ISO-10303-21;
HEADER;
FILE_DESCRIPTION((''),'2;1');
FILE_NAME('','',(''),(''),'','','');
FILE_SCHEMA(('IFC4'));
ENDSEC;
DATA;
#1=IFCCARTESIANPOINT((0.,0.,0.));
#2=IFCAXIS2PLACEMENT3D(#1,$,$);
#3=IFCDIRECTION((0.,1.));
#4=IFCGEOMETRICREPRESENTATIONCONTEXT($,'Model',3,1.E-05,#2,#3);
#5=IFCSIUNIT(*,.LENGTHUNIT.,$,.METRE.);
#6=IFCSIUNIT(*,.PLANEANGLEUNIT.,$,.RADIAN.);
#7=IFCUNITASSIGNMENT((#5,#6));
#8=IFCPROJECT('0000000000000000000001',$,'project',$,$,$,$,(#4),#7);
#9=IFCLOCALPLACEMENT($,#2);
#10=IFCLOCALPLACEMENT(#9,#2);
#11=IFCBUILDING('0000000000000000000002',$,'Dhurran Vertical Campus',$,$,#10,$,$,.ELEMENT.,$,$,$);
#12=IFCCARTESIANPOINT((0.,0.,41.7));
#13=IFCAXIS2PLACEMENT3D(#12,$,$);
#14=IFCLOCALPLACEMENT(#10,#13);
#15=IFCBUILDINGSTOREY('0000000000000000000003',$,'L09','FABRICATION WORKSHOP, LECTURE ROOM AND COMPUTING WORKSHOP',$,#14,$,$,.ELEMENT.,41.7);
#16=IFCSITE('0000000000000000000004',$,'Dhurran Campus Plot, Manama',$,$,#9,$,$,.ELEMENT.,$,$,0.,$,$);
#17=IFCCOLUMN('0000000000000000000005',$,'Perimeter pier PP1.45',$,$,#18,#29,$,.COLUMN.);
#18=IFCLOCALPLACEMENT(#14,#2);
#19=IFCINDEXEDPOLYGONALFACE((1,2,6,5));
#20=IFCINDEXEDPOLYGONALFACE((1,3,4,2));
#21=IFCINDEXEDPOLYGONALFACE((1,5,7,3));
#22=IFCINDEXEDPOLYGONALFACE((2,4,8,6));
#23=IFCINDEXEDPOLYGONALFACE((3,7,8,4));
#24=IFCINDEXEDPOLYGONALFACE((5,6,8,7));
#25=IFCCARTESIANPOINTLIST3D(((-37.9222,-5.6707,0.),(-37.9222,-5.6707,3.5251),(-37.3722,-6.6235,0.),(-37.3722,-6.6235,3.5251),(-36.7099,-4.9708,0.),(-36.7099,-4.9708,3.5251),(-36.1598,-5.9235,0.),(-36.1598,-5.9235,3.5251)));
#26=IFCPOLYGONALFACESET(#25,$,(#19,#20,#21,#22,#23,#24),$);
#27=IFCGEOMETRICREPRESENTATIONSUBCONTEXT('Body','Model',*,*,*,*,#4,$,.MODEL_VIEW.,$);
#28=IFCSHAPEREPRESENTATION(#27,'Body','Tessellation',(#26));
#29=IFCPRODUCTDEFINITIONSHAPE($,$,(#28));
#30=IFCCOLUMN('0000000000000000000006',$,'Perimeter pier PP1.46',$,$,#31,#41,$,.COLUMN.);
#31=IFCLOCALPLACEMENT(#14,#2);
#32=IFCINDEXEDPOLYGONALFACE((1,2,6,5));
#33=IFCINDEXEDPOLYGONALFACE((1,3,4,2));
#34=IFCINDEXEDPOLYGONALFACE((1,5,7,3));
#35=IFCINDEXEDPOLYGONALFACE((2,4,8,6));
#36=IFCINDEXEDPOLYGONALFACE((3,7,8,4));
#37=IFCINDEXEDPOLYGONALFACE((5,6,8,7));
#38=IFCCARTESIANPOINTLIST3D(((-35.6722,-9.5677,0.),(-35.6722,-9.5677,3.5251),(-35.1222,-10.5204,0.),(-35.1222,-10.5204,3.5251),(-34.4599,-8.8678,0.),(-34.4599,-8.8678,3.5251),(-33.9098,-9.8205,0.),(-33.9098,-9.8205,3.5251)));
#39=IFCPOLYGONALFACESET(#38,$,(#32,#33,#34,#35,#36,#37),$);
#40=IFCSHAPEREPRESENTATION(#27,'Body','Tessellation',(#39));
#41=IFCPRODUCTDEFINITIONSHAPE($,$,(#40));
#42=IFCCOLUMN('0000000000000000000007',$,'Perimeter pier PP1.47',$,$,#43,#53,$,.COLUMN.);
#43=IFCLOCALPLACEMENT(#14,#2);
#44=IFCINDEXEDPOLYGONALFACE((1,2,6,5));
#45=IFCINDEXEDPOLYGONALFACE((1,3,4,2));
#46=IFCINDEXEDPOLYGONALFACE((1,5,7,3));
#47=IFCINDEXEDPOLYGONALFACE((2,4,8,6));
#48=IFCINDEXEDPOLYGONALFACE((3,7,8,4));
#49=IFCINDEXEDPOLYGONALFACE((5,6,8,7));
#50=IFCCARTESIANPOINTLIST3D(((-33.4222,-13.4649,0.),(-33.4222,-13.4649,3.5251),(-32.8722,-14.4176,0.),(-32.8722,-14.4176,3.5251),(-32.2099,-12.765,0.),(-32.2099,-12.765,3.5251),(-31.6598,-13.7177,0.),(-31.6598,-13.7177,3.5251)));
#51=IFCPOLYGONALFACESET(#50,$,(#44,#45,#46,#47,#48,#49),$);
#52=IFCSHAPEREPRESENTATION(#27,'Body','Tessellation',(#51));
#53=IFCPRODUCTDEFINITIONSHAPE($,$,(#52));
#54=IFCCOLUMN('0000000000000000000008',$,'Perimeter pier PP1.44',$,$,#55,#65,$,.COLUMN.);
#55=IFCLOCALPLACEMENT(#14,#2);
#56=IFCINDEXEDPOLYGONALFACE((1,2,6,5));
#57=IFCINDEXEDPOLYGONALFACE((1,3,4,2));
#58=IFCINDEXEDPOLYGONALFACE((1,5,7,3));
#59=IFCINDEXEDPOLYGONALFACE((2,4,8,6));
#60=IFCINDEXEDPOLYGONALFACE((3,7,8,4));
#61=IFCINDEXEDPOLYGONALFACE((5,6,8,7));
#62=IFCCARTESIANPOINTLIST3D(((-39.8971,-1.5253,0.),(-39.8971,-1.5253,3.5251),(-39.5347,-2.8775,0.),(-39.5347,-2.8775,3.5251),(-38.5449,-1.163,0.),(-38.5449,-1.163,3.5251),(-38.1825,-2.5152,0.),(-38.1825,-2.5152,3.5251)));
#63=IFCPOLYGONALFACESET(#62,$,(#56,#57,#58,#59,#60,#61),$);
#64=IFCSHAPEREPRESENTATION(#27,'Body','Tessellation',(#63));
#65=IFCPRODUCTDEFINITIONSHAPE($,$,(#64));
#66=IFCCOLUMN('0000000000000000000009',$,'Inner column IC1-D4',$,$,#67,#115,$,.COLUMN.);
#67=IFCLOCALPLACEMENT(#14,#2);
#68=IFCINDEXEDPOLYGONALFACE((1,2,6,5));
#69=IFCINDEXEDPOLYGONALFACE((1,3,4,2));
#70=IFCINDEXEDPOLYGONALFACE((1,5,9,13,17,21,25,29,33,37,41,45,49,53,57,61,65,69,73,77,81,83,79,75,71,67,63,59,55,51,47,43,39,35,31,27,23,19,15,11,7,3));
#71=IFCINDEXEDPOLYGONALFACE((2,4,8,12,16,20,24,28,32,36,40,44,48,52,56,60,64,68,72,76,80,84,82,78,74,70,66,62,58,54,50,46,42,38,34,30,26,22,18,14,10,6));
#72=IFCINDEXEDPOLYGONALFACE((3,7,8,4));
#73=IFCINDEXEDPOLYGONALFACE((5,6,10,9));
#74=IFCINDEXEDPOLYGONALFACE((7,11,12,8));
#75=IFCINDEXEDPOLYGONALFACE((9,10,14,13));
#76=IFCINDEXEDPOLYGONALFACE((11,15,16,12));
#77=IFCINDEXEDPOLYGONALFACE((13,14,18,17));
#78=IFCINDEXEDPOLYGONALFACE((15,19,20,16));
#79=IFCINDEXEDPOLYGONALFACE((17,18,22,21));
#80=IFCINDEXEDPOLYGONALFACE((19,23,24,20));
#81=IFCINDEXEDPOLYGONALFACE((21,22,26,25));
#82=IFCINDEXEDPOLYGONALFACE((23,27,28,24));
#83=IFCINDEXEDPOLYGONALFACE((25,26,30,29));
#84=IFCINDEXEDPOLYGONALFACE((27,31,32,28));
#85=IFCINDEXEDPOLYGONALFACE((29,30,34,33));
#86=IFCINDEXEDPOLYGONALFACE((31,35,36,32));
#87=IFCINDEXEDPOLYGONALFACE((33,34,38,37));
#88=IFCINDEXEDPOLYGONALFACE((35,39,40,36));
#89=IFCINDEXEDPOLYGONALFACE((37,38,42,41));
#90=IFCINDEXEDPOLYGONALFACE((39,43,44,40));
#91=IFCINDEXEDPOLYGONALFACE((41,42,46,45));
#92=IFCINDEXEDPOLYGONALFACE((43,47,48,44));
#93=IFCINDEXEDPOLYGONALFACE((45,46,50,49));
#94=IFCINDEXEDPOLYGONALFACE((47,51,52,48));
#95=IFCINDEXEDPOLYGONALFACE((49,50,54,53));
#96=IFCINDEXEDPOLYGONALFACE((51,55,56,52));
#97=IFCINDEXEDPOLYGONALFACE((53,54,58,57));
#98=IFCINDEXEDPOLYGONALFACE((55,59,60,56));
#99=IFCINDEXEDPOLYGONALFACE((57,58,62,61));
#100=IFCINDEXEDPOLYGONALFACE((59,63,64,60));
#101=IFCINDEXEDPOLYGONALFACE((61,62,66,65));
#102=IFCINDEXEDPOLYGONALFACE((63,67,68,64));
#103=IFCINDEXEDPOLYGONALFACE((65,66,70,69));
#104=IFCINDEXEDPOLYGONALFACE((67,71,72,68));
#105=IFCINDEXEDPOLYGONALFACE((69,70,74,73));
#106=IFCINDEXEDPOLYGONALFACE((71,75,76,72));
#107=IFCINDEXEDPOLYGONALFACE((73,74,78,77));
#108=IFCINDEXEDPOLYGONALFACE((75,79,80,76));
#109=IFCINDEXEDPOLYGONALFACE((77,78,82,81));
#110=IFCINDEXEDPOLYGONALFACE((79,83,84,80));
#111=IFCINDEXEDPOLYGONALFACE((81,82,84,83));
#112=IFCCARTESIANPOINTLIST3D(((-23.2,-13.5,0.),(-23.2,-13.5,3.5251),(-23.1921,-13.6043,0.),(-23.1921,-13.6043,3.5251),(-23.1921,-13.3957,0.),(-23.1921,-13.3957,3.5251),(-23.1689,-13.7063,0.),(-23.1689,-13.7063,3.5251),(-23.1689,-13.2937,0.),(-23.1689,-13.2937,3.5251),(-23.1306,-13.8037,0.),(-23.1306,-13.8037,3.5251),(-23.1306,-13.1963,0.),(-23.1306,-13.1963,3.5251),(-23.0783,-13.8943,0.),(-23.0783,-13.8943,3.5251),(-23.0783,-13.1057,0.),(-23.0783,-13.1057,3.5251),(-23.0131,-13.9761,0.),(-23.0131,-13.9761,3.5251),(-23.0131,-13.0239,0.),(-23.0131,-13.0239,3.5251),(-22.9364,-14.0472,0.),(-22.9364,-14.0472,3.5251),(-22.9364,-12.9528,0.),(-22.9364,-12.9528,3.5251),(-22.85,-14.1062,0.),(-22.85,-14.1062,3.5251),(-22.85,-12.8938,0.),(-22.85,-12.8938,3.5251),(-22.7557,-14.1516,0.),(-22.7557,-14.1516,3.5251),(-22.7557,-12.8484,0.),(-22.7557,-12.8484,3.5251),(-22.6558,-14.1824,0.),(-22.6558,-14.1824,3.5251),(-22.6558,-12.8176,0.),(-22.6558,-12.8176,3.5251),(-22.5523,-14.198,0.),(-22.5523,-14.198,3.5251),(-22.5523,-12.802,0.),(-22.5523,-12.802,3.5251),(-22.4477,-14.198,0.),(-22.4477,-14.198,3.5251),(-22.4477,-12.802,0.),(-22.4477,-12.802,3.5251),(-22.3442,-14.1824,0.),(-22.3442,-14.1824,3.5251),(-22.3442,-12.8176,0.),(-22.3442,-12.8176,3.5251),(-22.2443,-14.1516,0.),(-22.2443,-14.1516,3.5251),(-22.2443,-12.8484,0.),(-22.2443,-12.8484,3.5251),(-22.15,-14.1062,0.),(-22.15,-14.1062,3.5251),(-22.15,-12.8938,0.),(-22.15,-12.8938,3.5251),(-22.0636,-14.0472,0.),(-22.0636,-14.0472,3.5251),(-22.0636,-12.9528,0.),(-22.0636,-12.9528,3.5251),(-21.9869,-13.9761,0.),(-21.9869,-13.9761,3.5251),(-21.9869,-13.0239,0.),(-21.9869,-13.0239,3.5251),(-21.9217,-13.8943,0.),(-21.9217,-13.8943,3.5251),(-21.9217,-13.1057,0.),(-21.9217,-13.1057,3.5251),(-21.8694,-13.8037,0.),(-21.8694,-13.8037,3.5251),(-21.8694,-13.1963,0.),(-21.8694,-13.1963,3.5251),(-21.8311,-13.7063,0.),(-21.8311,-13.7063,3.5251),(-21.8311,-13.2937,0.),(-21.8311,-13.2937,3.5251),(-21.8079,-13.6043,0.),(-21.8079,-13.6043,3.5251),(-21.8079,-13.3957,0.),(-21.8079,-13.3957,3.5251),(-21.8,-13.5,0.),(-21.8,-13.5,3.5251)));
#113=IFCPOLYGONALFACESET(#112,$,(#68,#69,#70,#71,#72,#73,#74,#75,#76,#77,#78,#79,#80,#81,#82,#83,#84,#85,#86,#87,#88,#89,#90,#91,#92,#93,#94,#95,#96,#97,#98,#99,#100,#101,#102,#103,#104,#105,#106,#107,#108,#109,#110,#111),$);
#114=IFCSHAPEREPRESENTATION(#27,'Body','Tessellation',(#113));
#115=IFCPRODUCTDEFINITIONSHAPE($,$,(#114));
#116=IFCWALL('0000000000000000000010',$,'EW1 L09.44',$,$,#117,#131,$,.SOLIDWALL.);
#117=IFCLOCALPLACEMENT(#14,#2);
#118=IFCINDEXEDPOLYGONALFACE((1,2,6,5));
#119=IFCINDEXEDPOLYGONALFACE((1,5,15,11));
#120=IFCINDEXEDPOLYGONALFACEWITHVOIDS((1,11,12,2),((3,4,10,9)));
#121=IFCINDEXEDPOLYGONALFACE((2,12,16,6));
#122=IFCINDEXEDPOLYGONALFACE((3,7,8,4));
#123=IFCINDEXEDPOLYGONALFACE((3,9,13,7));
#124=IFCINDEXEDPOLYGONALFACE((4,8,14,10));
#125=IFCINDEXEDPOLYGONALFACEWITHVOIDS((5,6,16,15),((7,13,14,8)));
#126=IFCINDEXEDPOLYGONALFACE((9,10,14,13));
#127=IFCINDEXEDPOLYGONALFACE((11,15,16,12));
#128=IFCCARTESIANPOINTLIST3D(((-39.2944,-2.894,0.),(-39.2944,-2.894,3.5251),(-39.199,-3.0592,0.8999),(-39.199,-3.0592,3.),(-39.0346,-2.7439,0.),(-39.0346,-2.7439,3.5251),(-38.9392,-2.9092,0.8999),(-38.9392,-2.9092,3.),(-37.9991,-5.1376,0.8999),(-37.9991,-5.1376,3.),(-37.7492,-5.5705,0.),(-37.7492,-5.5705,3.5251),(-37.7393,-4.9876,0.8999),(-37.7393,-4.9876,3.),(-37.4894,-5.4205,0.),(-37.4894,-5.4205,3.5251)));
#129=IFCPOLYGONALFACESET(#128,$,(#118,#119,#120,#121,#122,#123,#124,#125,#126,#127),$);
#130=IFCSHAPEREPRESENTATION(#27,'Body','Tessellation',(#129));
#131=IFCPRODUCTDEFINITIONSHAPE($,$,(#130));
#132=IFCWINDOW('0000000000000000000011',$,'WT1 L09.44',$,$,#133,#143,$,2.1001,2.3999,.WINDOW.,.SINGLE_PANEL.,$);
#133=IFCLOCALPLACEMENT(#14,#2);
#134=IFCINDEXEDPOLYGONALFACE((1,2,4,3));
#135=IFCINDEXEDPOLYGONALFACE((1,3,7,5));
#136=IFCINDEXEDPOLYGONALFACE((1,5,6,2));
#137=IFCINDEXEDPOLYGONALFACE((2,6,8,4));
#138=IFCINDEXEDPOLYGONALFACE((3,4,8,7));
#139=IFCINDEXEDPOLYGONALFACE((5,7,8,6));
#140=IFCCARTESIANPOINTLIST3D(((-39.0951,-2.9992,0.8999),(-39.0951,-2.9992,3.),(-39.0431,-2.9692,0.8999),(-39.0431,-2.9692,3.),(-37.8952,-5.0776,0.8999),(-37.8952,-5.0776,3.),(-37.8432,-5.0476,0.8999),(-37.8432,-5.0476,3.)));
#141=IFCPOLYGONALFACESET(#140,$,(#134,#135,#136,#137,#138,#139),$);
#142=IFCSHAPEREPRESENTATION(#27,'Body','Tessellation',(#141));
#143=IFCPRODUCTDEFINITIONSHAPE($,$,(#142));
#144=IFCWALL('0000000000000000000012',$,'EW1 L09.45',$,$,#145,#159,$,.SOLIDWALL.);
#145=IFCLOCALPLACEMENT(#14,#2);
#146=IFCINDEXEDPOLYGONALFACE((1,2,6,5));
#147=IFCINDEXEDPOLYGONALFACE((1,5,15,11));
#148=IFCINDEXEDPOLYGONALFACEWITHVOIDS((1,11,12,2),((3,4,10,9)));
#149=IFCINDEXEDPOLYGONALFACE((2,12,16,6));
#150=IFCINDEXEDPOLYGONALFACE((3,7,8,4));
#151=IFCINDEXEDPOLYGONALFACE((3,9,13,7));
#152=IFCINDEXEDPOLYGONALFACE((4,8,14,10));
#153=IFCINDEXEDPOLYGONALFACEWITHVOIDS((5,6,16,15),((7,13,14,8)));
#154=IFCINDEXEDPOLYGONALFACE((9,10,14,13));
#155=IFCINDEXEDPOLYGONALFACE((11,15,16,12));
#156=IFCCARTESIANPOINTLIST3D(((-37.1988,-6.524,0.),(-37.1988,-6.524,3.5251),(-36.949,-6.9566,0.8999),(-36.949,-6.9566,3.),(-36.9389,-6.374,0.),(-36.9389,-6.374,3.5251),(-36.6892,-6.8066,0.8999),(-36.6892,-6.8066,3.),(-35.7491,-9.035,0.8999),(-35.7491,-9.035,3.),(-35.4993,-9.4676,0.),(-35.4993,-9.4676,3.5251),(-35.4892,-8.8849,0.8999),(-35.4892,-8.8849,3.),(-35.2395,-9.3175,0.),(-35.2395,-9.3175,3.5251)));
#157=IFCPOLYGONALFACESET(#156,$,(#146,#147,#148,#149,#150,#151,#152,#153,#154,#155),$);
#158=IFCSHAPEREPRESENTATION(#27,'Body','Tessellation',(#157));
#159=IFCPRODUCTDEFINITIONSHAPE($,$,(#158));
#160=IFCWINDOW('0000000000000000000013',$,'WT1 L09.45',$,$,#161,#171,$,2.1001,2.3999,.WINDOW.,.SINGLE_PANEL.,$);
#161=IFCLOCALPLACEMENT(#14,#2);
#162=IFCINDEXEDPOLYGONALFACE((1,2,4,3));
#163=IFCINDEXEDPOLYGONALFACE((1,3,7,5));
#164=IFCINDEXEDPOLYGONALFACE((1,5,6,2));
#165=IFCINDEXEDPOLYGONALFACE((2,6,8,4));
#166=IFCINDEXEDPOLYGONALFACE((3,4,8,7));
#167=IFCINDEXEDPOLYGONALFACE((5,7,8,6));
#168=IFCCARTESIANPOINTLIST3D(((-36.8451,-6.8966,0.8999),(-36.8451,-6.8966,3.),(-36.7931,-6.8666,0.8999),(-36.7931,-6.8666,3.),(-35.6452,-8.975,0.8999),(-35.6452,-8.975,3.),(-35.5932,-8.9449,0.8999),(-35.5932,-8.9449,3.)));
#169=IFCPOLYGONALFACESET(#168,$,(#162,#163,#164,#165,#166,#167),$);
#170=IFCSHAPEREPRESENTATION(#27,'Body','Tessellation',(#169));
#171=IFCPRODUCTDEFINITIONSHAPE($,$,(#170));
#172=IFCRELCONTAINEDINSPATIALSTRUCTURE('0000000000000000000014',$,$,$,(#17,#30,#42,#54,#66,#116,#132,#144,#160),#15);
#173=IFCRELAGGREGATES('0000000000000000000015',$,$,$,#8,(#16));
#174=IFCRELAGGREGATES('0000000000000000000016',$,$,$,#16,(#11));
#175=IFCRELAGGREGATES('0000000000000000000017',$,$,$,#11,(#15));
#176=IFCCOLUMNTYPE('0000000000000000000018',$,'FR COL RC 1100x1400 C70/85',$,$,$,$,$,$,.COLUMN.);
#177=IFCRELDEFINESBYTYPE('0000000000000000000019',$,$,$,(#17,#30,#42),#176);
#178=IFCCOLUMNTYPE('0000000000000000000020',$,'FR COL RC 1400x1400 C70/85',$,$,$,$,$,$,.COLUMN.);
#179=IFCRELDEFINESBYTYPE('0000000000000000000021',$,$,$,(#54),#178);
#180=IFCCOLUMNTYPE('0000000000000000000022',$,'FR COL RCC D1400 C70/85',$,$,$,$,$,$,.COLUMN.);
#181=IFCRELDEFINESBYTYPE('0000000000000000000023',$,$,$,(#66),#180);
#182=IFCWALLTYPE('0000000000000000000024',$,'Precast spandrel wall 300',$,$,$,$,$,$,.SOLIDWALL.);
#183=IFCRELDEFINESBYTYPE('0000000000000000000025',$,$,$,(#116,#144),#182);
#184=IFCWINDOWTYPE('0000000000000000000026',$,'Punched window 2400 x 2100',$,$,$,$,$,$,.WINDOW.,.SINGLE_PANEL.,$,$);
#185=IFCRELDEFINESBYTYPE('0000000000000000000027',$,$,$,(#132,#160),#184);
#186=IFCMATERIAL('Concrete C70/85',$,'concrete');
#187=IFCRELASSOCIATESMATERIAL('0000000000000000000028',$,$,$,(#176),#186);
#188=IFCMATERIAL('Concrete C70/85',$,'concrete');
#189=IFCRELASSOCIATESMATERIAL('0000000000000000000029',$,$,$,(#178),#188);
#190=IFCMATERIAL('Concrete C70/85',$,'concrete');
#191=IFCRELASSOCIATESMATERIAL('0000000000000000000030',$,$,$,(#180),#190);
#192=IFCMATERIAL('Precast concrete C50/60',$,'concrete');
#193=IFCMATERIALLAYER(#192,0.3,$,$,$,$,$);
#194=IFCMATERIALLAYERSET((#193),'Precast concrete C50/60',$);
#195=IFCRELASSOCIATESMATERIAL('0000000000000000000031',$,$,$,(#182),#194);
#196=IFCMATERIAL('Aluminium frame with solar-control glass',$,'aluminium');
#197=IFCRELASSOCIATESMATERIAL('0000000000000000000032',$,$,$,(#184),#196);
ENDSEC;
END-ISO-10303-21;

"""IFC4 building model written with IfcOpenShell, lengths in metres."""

from ifc_helpers import new_model, si_unit, direction, frame, frame_2d, origin, origin_2d, place, context, subcontext, project, spatial, rectangle, circle, extrude, material, layer, layer_set, material_profile, profile_set, type_object, element, fill, save


model = new_model("IFC4")

# Units and contexts
model_context = context("Model", 3, precision=1e-05, world=origin(), true_north=direction((0.0, 1.0)))
body_context = subcontext(model_context, "Body", "Model", "MODEL_VIEW")
ifc_project = project(units=[si_unit("LENGTHUNIT", "METRE"), si_unit("PLANEANGLEUNIT", "RADIAN")], contexts=[model_context])

# Site, building, storey
site_placement = place(None, origin())
site = spatial("IfcSite", under=ifc_project, at=site_placement, Name="Dhurran Campus Plot, Manama", CompositionType="ELEMENT", RefElevation=0.0)
building_placement = place(site_placement, origin())
building = spatial("IfcBuilding", under=site, at=building_placement, Name="Dhurran Vertical Campus", CompositionType="ELEMENT")
storey_placement = place(building_placement, frame((0.0, 0.0, 41.7)))
storey = spatial("IfcBuildingStorey", under=building, at=storey_placement, Name="L09", Description="FABRICATION WORKSHOP, LECTURE ROOM AND COMPUTING WORKSHOP", CompositionType="ELEMENT", Elevation=41.7)

# Columns
ifc_material_1 = material(Name="Concrete C70/85", Category="concrete")
ifc_material_profile_1 = material_profile(ifc_material_1, rectangle(XDim=1.1001, YDim=1.3999, at=origin_2d()), Name="RC 1100x1400")
ifc_profile_set_1 = profile_set([ifc_material_profile_1], Name="Concrete C70/85")
column_type_1 = type_object("IfcColumnType", Name="FR COL RC 1100x1400 C70/85", PredefinedType="COLUMN", material=ifc_profile_set_1)
for number, where, z_axis, x_axis, name in (
    (1, (-37.041, -5.7971, 0.0), (0.0, 0.0, 1.0), (0.5, -0.866025, 0.0), "Perimeter pier PP1.45"),
    (2, (-34.791, -9.6941, 0.0), (0.0, 0.0, 1.0), (0.5, -0.866025, 0.0), "Perimeter pier PP1.46"),
    (3, (-32.541, -13.5913, 0.0), (0.0, 0.0, 1.0), (0.5, -0.866025, 0.0), "Perimeter pier PP1.47"),
):
    element("IfcColumn", number, at=place(storey_placement, frame(where, z_axis=z_axis, x_axis=x_axis)), inside=storey, type_object=column_type_1, Name=name, PredefinedType="COLUMN", context=body_context, shape_type="SweptSolid", body=[
        extrude(rectangle(XDim=1.1001, YDim=1.3999, at=origin_2d()), origin(), (0.0, 0.0, 1.0), 3.5251),
    ])
ifc_material_2 = material(Name="Concrete C70/85", Category="concrete")
ifc_material_profile_2 = material_profile(ifc_material_2, rectangle(XDim=1.3999, YDim=1.3999, at=origin_2d()), Name="RC 1400x1400")
ifc_profile_set_2 = profile_set([ifc_material_profile_2], Name="Concrete C70/85")
column_type_2 = type_object("IfcColumnType", Name="FR COL RC 1400x1400 C70/85", PredefinedType="COLUMN", material=ifc_profile_set_2)
column_1_placement = place(storey_placement, frame((-39.0398, -2.0203, 0.0), z_axis=(0.0, 0.0, 1.0), x_axis=(0.258819, -0.965926, 0.0)))
element("IfcColumn", 4, at=column_1_placement, inside=storey, type_object=column_type_2, Name="Perimeter pier PP1.44", PredefinedType="COLUMN", context=body_context, shape_type="SweptSolid", body=[
    extrude(rectangle(XDim=1.3999, YDim=1.3999, at=origin_2d()), origin(), (0.0, 0.0, 1.0), 3.5251),
])
ifc_material_3 = material(Name="Concrete C70/85", Category="concrete")
ifc_material_profile_3 = material_profile(ifc_material_3, circle(Radius=0.7, at=origin_2d()), Name="RCC D1400")
ifc_profile_set_3 = profile_set([ifc_material_profile_3], Name="Concrete C70/85")
column_type_3 = type_object("IfcColumnType", Name="FR COL RCC D1400 C70/85", PredefinedType="COLUMN", material=ifc_profile_set_3)
column_2_placement = place(storey_placement, frame((-22.5, -13.5, 0.0), z_axis=(0.0, 0.0, 1.0), x_axis=(1.0, 0.0, 0.0)))
element("IfcColumn", 5, at=column_2_placement, inside=storey, type_object=column_type_3, Name="Inner column IC1-D4", PredefinedType="COLUMN", context=body_context, shape_type="SweptSolid", body=[
    extrude(circle(Radius=0.7, at=origin_2d()), origin(), (0.0, 0.0, 1.0), 3.5251),
])

# Walls, openings, windows
ifc_material_4 = material(Name="Precast concrete C50/60", Category="concrete")
ifc_layer_1 = layer(ifc_material_4, 0.3)
ifc_layer_set_1 = layer_set([ifc_layer_1], Name="Precast concrete C50/60")
wall_type_1 = type_object("IfcWallType", Name="Precast spandrel wall 300", PredefinedType="SOLIDWALL", material=ifc_layer_set_1)
wall_1_placement = place(storey_placement, frame((-39.1646, -2.8188, 0.0), z_axis=(0.0, 0.0, 1.0), x_axis=(0.499971, -0.866042, 0.0)))
wall_1 = element("IfcWall", 6, at=wall_1_placement, inside=storey, type_object=wall_type_1, Name="EW1 L09.44", PredefinedType="SOLIDWALL", context=body_context, shape_type="SweptSolid", body=[
    extrude(rectangle(XDim=3.0906, YDim=0.3, at=frame_2d((1.5454, 0.0))), origin(), (0.0, 0.0, 1.0), 3.5251),
])
opening_1_placement = place(wall_1_placement, frame((0.1909, 0.0, 0.8999)))
opening_1 = element("IfcOpeningElement", 7, at=opening_1_placement, cuts=wall_1, PredefinedType="OPENING", context=body_context, shape_type="SweptSolid", body=[
    extrude(rectangle(XDim=2.3999, YDim=2.1001, at=frame_2d((1.2, 1.05))), frame((0.0, 0.1599, 0.0), z_axis=(0.0, -1.0, 0.0), x_axis=(1.0, 0.0, 0.0)), (0.0, 0.0, 1.0), 0.3201),
])
ifc_material_5 = material(Name="Aluminium frame with solar-control glass", Category="aluminium")
window_type = type_object("IfcWindowType", Name="Punched window 2400 x 2100", PartitioningType="SINGLE_PANEL", PredefinedType="WINDOW", material=ifc_material_5)
window_1_placement = place(opening_1_placement, origin())
window_1 = element("IfcWindow", 8, at=window_1_placement, inside=storey, type_object=window_type, Name="WT1 L09.44", OverallHeight=2.1001, OverallWidth=2.3999, PartitioningType="SINGLE_PANEL", PredefinedType="WINDOW", context=body_context, shape_type="SweptSolid", body=[
    extrude(rectangle(XDim=2.3999, YDim=2.1001, at=frame_2d((1.2, 1.05))), frame((0.0, 0.03, 0.0), z_axis=(0.0, -1.0, 0.0), x_axis=(1.0, 0.0, 0.0)), (0.0, 0.0, 1.0), 0.0601),
])
fill(opening_1, window_1)
wall_2_placement = place(storey_placement, frame((-37.0688, -6.449, 0.0), z_axis=(0.0, 0.0, 1.0), x_axis=(0.499994, -0.866029, 0.0)))
wall_2 = element("IfcWall", 9, at=wall_2_placement, inside=storey, type_object=wall_type_1, Name="EW1 L09.45", PredefinedType="SOLIDWALL", context=body_context, shape_type="SweptSolid", body=[
    extrude(rectangle(XDim=3.3989, YDim=0.3, at=frame_2d((1.6995, 0.0))), origin(), (0.0, 0.0, 1.0), 3.5251),
])
opening_2_placement = place(wall_2_placement, frame((0.4995, 0.0, 0.8999)))
opening_2 = element("IfcOpeningElement", 10, at=opening_2_placement, cuts=wall_2, PredefinedType="OPENING", context=body_context, shape_type="SweptSolid", body=[
    extrude(rectangle(XDim=2.3999, YDim=2.1001, at=frame_2d((1.2, 1.05))), frame((0.0, 0.1599, 0.0), z_axis=(0.0, -1.0, 0.0), x_axis=(1.0, 0.0, 0.0)), (0.0, 0.0, 1.0), 0.3201),
])
window_2_placement = place(opening_2_placement, origin())
window_2 = element("IfcWindow", 11, at=window_2_placement, inside=storey, type_object=window_type, Name="WT1 L09.45", OverallHeight=2.1001, OverallWidth=2.3999, PartitioningType="SINGLE_PANEL", PredefinedType="WINDOW", context=body_context, shape_type="SweptSolid", body=[
    extrude(rectangle(XDim=2.3999, YDim=2.1001, at=frame_2d((1.2, 1.05))), frame((0.0, 0.03, 0.0), z_axis=(0.0, -1.0, 0.0), x_axis=(1.0, 0.0, 0.0)), (0.0, 0.0, 1.0), 0.0601),
])
fill(opening_2, window_2)

save(model, "model.ifc")
